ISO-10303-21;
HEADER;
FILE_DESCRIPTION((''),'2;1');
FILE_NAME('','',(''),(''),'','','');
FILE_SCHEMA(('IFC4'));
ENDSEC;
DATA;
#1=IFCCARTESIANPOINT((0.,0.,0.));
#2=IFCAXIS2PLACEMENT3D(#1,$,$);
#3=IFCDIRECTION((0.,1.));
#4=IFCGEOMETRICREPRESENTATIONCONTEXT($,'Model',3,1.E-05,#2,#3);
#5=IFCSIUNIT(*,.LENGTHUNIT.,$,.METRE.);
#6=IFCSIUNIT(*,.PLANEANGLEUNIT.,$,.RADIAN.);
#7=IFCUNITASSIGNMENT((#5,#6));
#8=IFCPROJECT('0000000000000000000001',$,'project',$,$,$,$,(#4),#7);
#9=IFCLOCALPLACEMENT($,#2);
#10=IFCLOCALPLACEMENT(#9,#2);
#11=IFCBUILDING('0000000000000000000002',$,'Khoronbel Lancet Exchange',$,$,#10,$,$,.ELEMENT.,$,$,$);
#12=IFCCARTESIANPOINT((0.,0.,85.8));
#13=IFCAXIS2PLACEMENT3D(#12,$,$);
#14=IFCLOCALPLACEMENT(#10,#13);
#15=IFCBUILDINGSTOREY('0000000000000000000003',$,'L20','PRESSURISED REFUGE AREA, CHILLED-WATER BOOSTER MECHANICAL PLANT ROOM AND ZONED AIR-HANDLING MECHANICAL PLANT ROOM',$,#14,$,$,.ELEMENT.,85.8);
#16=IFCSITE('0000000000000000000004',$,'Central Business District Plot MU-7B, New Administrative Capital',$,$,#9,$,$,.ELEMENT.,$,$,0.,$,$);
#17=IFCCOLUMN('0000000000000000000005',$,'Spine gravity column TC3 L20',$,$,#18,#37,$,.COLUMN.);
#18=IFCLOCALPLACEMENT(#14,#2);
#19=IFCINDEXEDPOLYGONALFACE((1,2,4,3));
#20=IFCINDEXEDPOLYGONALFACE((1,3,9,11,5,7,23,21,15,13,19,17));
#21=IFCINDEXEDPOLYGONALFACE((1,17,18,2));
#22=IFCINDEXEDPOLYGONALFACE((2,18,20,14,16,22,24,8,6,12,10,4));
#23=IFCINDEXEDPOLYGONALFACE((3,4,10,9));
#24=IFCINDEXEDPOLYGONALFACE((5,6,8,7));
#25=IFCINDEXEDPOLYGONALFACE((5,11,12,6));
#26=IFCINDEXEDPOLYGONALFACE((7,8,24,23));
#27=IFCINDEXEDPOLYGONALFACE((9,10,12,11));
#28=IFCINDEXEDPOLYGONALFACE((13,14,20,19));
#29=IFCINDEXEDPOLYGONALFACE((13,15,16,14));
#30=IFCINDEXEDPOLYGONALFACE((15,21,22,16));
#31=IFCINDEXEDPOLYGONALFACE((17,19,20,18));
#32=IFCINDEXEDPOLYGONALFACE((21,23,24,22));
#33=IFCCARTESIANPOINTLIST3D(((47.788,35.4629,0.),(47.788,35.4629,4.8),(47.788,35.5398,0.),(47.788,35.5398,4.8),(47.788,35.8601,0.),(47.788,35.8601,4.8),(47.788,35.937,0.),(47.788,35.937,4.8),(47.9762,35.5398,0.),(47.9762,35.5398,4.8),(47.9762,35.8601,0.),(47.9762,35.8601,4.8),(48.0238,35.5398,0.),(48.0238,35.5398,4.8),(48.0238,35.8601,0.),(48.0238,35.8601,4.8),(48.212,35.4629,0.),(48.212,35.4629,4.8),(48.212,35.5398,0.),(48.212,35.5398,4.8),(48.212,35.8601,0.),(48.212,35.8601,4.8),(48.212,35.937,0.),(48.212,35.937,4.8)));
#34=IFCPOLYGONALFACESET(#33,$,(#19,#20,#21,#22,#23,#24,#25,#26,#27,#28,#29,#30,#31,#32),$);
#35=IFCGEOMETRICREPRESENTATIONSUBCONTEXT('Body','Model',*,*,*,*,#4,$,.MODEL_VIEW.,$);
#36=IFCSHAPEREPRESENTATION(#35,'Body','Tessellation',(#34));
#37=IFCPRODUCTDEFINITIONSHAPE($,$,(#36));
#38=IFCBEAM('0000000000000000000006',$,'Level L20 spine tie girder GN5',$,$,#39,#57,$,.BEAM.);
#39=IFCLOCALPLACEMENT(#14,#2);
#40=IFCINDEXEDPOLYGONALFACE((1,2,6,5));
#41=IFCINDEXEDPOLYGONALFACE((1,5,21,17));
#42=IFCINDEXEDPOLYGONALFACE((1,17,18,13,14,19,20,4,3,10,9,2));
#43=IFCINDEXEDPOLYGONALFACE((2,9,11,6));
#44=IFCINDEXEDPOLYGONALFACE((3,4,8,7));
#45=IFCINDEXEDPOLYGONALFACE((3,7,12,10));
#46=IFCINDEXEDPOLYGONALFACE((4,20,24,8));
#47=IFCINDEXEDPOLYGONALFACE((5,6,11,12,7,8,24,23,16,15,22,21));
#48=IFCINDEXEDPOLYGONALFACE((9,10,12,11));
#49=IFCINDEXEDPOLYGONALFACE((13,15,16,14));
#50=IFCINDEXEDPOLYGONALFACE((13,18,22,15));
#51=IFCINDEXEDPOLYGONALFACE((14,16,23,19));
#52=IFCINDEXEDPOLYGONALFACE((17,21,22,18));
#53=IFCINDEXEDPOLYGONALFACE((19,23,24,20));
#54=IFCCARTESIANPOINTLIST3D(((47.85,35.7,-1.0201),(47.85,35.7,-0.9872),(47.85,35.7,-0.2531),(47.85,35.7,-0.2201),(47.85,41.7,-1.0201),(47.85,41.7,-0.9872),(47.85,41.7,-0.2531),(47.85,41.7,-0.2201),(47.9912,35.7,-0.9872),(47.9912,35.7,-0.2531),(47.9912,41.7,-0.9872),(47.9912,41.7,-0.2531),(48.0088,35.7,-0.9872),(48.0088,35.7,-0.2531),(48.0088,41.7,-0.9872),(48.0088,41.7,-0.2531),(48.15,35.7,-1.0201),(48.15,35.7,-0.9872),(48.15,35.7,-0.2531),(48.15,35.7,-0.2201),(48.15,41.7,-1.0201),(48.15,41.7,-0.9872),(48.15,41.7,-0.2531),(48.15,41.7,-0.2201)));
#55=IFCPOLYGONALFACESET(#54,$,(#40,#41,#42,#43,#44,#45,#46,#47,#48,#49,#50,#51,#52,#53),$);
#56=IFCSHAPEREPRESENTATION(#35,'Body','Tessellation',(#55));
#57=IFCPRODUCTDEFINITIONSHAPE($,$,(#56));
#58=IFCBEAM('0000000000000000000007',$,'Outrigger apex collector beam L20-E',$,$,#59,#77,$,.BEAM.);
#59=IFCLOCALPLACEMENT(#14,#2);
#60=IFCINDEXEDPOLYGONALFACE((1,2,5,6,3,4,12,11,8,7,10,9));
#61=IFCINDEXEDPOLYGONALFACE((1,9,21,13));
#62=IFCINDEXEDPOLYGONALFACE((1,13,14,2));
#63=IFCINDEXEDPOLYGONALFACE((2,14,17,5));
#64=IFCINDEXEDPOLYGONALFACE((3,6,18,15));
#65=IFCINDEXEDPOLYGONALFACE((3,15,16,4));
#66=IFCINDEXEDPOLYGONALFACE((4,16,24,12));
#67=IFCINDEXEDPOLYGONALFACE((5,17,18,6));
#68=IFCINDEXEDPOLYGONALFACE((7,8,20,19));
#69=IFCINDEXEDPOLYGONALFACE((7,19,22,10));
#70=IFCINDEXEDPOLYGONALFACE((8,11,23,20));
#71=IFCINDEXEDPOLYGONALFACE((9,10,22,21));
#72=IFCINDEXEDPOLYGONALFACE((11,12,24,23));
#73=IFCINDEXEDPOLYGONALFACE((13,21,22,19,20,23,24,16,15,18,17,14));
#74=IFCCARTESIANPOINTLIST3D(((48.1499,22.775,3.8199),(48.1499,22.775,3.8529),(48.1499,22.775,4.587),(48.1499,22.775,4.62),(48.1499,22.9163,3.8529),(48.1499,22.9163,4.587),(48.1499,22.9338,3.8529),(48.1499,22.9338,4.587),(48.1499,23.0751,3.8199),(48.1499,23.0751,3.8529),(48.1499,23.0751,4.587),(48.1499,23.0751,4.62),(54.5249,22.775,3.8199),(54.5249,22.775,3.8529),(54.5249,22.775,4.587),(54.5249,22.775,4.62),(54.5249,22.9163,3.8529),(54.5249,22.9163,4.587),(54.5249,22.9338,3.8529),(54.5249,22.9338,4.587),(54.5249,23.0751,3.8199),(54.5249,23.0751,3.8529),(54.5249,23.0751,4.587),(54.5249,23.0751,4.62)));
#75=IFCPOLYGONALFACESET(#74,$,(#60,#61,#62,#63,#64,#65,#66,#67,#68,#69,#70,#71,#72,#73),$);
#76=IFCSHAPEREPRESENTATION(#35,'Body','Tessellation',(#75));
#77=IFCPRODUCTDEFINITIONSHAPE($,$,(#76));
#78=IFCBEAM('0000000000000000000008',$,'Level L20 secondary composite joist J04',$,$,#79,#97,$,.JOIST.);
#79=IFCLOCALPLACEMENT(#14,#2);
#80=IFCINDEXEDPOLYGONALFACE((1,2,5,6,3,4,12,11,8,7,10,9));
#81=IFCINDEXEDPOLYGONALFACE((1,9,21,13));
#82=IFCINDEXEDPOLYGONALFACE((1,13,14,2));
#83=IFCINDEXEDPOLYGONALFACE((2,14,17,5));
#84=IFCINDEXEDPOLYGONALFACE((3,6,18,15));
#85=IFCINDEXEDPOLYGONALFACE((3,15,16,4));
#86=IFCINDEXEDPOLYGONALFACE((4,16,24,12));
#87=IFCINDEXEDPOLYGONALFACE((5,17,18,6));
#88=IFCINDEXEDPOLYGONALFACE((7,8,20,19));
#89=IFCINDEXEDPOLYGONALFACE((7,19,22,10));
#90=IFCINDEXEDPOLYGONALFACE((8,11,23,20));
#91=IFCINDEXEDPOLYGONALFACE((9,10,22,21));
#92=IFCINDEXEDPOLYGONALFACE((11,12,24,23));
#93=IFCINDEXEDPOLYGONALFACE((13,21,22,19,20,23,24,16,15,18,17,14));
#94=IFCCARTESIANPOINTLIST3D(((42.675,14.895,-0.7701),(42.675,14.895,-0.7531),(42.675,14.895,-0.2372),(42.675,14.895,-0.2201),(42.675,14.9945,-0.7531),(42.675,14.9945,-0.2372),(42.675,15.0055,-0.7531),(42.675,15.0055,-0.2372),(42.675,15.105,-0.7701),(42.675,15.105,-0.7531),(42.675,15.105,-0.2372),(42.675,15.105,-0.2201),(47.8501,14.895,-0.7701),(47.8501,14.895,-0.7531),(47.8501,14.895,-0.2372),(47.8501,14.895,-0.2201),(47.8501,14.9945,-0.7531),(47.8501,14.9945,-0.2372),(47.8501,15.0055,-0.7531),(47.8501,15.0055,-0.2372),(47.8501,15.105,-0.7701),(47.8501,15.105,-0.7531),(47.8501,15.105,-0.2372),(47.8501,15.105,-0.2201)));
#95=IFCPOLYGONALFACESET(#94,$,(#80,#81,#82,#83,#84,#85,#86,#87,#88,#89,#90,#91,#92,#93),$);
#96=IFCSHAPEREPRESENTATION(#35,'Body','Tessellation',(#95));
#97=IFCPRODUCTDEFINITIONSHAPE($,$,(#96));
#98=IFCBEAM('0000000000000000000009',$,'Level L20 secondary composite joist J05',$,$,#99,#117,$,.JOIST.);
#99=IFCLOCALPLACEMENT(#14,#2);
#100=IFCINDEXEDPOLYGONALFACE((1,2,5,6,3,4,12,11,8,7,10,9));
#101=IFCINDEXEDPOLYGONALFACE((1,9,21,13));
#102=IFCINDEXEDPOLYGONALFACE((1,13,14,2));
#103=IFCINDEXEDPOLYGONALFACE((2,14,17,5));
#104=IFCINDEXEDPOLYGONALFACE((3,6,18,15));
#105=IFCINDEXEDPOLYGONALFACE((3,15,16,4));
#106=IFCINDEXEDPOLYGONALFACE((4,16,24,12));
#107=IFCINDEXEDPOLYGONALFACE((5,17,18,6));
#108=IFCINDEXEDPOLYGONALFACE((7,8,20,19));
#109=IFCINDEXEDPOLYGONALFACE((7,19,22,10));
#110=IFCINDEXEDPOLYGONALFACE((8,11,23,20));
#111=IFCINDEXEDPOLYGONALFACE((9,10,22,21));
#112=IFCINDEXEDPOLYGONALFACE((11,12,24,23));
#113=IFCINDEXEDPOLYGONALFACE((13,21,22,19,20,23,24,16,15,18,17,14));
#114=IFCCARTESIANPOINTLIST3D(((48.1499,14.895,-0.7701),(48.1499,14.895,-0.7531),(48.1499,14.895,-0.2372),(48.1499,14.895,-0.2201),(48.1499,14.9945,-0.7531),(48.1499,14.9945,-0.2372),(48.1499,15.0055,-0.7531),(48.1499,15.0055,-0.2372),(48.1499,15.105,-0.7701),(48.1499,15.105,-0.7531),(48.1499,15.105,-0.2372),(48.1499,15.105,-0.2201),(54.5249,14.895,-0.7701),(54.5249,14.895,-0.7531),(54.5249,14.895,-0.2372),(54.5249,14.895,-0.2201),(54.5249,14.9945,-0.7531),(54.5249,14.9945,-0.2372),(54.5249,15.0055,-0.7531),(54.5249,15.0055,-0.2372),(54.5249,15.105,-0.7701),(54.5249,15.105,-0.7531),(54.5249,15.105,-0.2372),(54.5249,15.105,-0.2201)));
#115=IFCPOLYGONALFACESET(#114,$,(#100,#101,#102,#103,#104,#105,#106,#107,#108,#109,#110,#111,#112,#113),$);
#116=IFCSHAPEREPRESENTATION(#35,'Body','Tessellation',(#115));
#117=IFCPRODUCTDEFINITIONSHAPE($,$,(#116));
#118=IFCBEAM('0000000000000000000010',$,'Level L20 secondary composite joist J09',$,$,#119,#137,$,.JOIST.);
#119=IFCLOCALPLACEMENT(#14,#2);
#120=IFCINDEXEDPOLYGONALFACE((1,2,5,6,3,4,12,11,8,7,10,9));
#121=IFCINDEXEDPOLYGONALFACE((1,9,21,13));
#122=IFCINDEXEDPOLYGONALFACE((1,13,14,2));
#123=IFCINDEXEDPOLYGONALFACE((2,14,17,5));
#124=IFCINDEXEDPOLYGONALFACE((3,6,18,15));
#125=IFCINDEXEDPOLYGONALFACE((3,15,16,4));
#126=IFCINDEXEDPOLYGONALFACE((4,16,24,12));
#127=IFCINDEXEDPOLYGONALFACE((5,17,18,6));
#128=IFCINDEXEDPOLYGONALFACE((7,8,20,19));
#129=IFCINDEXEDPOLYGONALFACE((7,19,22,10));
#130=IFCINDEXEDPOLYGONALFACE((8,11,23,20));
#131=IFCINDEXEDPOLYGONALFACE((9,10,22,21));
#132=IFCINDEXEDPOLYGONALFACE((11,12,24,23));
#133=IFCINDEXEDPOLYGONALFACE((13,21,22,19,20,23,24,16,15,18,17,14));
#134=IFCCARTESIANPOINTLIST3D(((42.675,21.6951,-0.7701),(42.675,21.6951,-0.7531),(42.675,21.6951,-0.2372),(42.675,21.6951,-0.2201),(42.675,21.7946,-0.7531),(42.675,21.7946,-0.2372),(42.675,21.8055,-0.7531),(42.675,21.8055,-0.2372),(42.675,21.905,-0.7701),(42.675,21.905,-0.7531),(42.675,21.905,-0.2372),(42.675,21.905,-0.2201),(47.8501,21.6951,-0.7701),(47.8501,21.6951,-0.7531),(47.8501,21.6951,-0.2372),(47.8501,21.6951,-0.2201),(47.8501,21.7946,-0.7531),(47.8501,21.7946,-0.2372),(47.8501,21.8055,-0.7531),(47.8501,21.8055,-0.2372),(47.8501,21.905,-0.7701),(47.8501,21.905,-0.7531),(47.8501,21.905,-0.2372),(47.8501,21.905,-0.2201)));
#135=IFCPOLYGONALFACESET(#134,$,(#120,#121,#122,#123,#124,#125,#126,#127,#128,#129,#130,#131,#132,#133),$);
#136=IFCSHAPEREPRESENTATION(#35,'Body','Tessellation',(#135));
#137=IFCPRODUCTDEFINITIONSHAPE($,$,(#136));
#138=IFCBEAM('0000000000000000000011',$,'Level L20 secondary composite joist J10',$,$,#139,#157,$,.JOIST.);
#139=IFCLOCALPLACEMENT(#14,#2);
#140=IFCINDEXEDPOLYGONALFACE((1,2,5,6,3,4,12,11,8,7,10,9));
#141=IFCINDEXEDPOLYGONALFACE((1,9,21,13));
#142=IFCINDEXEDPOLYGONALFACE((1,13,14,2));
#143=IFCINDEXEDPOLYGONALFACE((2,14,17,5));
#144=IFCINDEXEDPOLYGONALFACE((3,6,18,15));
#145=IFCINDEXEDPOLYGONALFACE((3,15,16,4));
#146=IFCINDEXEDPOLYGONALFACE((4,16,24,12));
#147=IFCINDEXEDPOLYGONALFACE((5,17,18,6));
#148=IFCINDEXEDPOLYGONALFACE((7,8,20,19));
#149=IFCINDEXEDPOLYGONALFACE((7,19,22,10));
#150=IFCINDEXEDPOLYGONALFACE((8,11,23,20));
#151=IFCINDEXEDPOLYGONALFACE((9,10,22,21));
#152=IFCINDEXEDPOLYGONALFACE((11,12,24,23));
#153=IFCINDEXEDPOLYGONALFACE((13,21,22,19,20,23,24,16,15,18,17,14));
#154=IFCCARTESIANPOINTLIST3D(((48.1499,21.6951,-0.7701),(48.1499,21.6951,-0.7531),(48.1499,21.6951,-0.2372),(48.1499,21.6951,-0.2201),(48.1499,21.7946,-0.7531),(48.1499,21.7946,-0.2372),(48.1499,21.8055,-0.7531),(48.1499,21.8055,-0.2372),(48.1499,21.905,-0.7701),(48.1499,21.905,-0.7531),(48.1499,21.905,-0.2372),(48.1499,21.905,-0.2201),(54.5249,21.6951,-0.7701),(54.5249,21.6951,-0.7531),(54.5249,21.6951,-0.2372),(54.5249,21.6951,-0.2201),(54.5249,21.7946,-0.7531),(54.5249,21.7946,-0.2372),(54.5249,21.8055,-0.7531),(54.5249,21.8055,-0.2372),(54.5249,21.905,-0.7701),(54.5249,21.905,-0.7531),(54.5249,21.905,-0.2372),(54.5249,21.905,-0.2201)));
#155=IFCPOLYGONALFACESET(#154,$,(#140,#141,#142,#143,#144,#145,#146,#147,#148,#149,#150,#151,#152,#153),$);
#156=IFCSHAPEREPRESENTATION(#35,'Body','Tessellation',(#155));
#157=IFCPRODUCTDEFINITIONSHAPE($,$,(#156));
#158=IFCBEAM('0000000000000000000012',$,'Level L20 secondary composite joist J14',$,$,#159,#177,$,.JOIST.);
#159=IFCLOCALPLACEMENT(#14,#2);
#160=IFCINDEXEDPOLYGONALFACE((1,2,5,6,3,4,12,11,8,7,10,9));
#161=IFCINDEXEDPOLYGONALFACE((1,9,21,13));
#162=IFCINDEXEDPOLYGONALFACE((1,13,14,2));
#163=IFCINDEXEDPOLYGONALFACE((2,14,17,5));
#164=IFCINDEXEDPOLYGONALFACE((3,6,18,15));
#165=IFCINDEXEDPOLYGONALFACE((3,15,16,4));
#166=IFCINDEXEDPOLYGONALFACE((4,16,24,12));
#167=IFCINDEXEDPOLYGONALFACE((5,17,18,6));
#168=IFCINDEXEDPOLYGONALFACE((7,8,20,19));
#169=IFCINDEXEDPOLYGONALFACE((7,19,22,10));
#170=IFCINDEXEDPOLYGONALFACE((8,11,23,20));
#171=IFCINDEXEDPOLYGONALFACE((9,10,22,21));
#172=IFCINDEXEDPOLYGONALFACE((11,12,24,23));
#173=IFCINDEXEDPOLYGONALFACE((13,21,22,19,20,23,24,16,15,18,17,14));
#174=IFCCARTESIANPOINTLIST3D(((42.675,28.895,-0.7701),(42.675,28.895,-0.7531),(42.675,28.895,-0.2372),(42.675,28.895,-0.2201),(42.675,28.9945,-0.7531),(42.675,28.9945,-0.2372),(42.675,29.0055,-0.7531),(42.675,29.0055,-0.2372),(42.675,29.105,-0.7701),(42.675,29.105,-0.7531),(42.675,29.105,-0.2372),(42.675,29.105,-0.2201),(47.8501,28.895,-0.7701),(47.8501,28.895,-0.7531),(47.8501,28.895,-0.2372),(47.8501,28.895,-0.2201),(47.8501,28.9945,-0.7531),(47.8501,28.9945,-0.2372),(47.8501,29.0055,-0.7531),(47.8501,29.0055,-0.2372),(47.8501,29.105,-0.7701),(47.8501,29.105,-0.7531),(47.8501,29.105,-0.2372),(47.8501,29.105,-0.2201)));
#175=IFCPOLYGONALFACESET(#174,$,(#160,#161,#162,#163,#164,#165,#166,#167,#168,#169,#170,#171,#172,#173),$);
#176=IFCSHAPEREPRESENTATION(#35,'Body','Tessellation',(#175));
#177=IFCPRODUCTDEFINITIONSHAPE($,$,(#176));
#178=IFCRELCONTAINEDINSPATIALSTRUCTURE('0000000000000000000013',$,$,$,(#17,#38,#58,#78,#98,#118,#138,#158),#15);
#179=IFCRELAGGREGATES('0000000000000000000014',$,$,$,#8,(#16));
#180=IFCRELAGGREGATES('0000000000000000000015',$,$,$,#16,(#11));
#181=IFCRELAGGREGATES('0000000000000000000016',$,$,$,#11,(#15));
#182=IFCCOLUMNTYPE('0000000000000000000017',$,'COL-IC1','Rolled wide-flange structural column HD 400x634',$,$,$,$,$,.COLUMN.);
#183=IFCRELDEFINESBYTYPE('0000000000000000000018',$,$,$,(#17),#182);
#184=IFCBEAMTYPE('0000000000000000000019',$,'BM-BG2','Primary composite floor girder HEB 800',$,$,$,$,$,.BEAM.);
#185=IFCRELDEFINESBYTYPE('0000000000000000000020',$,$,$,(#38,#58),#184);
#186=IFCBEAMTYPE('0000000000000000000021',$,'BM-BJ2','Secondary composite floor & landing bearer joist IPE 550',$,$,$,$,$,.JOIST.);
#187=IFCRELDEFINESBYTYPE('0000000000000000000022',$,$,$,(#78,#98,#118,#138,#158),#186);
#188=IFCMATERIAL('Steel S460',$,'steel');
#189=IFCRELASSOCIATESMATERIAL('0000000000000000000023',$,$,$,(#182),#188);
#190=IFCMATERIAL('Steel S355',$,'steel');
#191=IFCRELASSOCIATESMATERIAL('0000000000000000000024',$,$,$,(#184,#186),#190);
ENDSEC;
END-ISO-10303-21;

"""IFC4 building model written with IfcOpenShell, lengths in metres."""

from ifc_helpers import new_model, si_unit, direction, frame, origin, origin_2d, place, context, subcontext, project, spatial, i_section, extrude, material, material_profile, profile_set, type_object, element, save


model = new_model("IFC4")

# Units and contexts
model_context = context("Model", 3, precision=1e-05, world=origin(), true_north=direction((0.0, 1.0)))
body_context = subcontext(model_context, "Body", "Model", "MODEL_VIEW")
ifc_project = project(units=[si_unit("LENGTHUNIT", "METRE"), si_unit("PLANEANGLEUNIT", "RADIAN")], contexts=[model_context])

# Site, building, storey
site_placement = place(None, origin())
site = spatial("IfcSite", under=ifc_project, at=site_placement, Name="Central Business District Plot MU-7B, New Administrative Capital", CompositionType="ELEMENT", RefElevation=0.0)
building_placement = place(site_placement, origin())
building = spatial("IfcBuilding", under=site, at=building_placement, Name="Khoronbel Lancet Exchange", CompositionType="ELEMENT")
storey_placement = place(building_placement, frame((0.0, 0.0, 85.8)))
storey = spatial("IfcBuildingStorey", under=building, at=storey_placement, Name="L20", Description="PRESSURISED REFUGE AREA, CHILLED-WATER BOOSTER MECHANICAL PLANT ROOM AND ZONED AIR-HANDLING MECHANICAL PLANT ROOM", CompositionType="ELEMENT", Elevation=85.8)

# Column
ifc_material_1 = material(Name="Steel S460", Category="steel")
ifc_material_profile_1 = material_profile(ifc_material_1, i_section(OverallWidth=0.4241, OverallDepth=0.4741, WebThickness=0.0476, FlangeThickness=0.0769, at=origin_2d()), Name="HD 400x634")
ifc_profile_set_1 = profile_set([ifc_material_profile_1], Name="Steel S460")
column_type = type_object("IfcColumnType", Name="COL-IC1", Description="Rolled wide-flange structural column HD 400x634", PredefinedType="COLUMN", material=ifc_profile_set_1)
column_placement = place(storey_placement, frame((48.0, 35.7, 0.0), z_axis=(0.0, 0.0, 1.0), x_axis=(1.0, 0.0, 0.0)))
element("IfcColumn", 1, at=column_placement, inside=storey, type_object=column_type, Name="Spine gravity column TC3 L20", PredefinedType="COLUMN", context=body_context, shape_type="SweptSolid", body=[
    extrude(i_section(OverallWidth=0.4241, OverallDepth=0.4741, WebThickness=0.0476, FlangeThickness=0.0769, at=origin_2d()), origin(), (0.0, 0.0, 1.0), 4.8),
])

# Beams
ifc_material_2 = material(Name="Steel S355", Category="steel")
ifc_material_profile_2 = material_profile(ifc_material_2, i_section(OverallWidth=0.3, OverallDepth=0.8, WebThickness=0.0176, FlangeThickness=0.033, at=origin_2d()), Name="HEB 800")
ifc_profile_set_2 = profile_set([ifc_material_profile_2], Name="Steel S355")
beam_type_1 = type_object("IfcBeamType", Name="BM-BG2", Description="Primary composite floor girder HEB 800", PredefinedType="BEAM", material=ifc_profile_set_2)
beam_1_placement = place(storey_placement, frame((48.0, 35.7, -0.6201), z_axis=(0.0, 1.0, 0.0), x_axis=(-1.0, 0.0, 0.0)))
element("IfcBeam", 2, at=beam_1_placement, inside=storey, type_object=beam_type_1, Name="Level L20 spine tie girder GN5", PredefinedType="BEAM", context=body_context, shape_type="SweptSolid", body=[
    extrude(i_section(OverallWidth=0.3, OverallDepth=0.8, WebThickness=0.0176, FlangeThickness=0.033, at=origin_2d()), origin(), (0.0, 0.0, 1.0), 6.0),
])
beam_2_placement = place(storey_placement, frame((48.1499, 22.925, 4.22), z_axis=(1.0, 0.0, 0.0), x_axis=(0.0, 1.0, 0.0)))
element("IfcBeam", 3, at=beam_2_placement, inside=storey, type_object=beam_type_1, Name="Outrigger apex collector beam L20-E", PredefinedType="BEAM", context=body_context, shape_type="SweptSolid", body=[
    extrude(i_section(OverallWidth=0.3, OverallDepth=0.8, WebThickness=0.0176, FlangeThickness=0.033, at=origin_2d()), origin(), (0.0, 0.0, 1.0), 6.375),
])
ifc_material_profile_3 = material_profile(ifc_material_2, i_section(OverallWidth=0.21, OverallDepth=0.55, WebThickness=0.011, FlangeThickness=0.0171, at=origin_2d()), Name="IPE 550")
ifc_profile_set_3 = profile_set([ifc_material_profile_3], Name="Steel S355")
beam_type_2 = type_object("IfcBeamType", Name="BM-BJ2", Description="Secondary composite floor & landing bearer joist IPE 550", PredefinedType="JOIST", material=ifc_profile_set_3)
beam_3_placement = place(storey_placement, frame((42.675, 15.0, -0.4951), z_axis=(1.0, 0.0, 0.0), x_axis=(0.0, 1.0, 0.0)))
element("IfcBeam", 4, at=beam_3_placement, inside=storey, type_object=beam_type_2, Name="Level L20 secondary composite joist J04", PredefinedType="JOIST", context=body_context, shape_type="SweptSolid", body=[
    extrude(i_section(OverallWidth=0.21, OverallDepth=0.55, WebThickness=0.011, FlangeThickness=0.0171, at=origin_2d()), origin(), (0.0, 0.0, 1.0), 5.175),
])
beam_4_placement = place(storey_placement, frame((48.1499, 15.0, -0.4951), z_axis=(1.0, 0.0, 0.0), x_axis=(0.0, 1.0, 0.0)))
element("IfcBeam", 5, at=beam_4_placement, inside=storey, type_object=beam_type_2, Name="Level L20 secondary composite joist J05", PredefinedType="JOIST", context=body_context, shape_type="SweptSolid", body=[
    extrude(i_section(OverallWidth=0.21, OverallDepth=0.55, WebThickness=0.011, FlangeThickness=0.0171, at=origin_2d()), origin(), (0.0, 0.0, 1.0), 6.375),
])
beam_5_placement = place(storey_placement, frame((42.675, 21.8, -0.4951), z_axis=(1.0, 0.0, 0.0), x_axis=(0.0, 1.0, 0.0)))
element("IfcBeam", 6, at=beam_5_placement, inside=storey, type_object=beam_type_2, Name="Level L20 secondary composite joist J09", PredefinedType="JOIST", context=body_context, shape_type="SweptSolid", body=[
    extrude(i_section(OverallWidth=0.21, OverallDepth=0.55, WebThickness=0.011, FlangeThickness=0.0171, at=origin_2d()), origin(), (0.0, 0.0, 1.0), 5.175),
])
beam_6_placement = place(storey_placement, frame((48.1499, 21.8, -0.4951), z_axis=(1.0, 0.0, 0.0), x_axis=(0.0, 1.0, 0.0)))
element("IfcBeam", 7, at=beam_6_placement, inside=storey, type_object=beam_type_2, Name="Level L20 secondary composite joist J10", PredefinedType="JOIST", context=body_context, shape_type="SweptSolid", body=[
    extrude(i_section(OverallWidth=0.21, OverallDepth=0.55, WebThickness=0.011, FlangeThickness=0.0171, at=origin_2d()), origin(), (0.0, 0.0, 1.0), 6.375),
])
beam_7_placement = place(storey_placement, frame((42.675, 29.0, -0.4951), z_axis=(1.0, 0.0, 0.0), x_axis=(0.0, 1.0, 0.0)))
element("IfcBeam", 8, at=beam_7_placement, inside=storey, type_object=beam_type_2, Name="Level L20 secondary composite joist J14", PredefinedType="JOIST", context=body_context, shape_type="SweptSolid", body=[
    extrude(i_section(OverallWidth=0.21, OverallDepth=0.55, WebThickness=0.011, FlangeThickness=0.0171, at=origin_2d()), origin(), (0.0, 0.0, 1.0), 5.175),
])

save(model, "model.ifc")
